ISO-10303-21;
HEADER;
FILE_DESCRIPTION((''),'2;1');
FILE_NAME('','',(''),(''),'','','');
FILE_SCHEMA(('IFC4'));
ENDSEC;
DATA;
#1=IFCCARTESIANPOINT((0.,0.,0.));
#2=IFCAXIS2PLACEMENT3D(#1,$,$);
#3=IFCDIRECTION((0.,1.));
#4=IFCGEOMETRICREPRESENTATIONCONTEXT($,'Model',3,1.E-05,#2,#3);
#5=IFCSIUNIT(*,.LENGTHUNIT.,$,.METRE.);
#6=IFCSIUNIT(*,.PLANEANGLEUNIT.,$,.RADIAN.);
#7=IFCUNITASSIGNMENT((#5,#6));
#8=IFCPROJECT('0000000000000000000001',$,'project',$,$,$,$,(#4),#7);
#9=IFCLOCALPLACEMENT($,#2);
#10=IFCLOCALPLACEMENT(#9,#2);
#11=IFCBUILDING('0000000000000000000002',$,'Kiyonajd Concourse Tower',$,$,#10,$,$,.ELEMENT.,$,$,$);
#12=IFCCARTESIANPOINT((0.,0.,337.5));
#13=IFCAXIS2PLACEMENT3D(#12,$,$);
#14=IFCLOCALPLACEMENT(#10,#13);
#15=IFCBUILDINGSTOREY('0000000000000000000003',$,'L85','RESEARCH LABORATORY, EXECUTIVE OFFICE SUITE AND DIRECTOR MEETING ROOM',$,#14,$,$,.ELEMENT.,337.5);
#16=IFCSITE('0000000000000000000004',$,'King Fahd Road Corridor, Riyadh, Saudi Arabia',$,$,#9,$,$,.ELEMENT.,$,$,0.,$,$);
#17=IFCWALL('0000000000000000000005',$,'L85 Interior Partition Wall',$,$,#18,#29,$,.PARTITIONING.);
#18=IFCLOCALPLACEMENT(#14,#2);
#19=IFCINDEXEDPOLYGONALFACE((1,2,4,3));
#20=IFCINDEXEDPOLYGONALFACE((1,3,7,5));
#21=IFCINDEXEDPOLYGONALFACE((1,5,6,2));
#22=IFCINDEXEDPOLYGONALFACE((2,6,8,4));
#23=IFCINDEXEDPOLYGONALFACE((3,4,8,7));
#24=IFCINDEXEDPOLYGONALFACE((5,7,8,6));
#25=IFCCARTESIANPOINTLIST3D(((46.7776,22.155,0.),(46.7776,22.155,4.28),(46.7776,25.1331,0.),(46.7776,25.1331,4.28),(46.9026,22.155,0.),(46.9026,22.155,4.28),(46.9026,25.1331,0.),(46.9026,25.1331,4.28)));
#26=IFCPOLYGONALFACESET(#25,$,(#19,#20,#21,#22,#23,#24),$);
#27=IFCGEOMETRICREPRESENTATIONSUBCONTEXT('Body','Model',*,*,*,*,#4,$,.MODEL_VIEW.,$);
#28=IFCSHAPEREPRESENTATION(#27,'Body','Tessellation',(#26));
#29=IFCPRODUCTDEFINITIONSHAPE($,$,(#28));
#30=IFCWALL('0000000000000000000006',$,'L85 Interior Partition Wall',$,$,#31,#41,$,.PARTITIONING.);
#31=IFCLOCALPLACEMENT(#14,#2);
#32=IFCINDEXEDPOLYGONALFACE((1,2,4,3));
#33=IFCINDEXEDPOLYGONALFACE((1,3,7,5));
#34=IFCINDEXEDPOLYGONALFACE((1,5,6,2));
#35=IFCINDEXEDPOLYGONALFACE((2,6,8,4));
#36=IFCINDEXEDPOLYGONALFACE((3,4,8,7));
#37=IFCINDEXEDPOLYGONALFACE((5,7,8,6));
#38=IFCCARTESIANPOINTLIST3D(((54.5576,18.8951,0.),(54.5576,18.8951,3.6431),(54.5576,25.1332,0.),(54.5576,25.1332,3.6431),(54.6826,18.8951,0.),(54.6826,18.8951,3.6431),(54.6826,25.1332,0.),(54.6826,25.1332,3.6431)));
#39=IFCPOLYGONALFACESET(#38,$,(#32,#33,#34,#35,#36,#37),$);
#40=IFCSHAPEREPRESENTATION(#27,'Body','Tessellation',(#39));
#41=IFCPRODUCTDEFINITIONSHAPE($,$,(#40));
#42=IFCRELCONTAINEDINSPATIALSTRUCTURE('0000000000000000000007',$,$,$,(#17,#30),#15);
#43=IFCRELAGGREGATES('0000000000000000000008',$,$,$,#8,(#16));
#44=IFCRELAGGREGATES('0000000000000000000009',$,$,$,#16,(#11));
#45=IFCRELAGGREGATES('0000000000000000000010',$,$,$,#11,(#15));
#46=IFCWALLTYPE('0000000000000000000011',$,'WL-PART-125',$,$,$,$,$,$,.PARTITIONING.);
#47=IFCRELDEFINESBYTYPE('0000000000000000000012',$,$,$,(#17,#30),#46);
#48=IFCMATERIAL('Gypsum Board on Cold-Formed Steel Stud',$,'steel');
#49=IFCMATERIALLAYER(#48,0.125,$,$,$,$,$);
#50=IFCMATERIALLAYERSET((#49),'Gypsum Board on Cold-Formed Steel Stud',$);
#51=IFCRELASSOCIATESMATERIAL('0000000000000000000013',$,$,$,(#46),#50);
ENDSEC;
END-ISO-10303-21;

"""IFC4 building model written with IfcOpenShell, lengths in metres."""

from ifc_helpers import new_model, si_unit, direction, frame, frame_2d, origin, place, context, subcontext, project, spatial, rectangle, extrude, material, layer, layer_set, type_object, element, save


model = new_model("IFC4")

# Units and contexts
model_context = context("Model", 3, precision=1e-05, world=origin(), true_north=direction((0.0, 1.0)))
body_context = subcontext(model_context, "Body", "Model", "MODEL_VIEW")
ifc_project = project(units=[si_unit("LENGTHUNIT", "METRE"), si_unit("PLANEANGLEUNIT", "RADIAN")], contexts=[model_context])

# Site, building, storey
site_placement = place(None, origin())
site = spatial("IfcSite", under=ifc_project, at=site_placement, Name="King Fahd Road Corridor, Riyadh, Saudi Arabia", CompositionType="ELEMENT", RefElevation=0.0)
building_placement = place(site_placement, origin())
building = spatial("IfcBuilding", under=site, at=building_placement, Name="Kiyonajd Concourse Tower", CompositionType="ELEMENT")
storey_placement = place(building_placement, frame((0.0, 0.0, 337.5)))
storey = spatial("IfcBuildingStorey", under=building, at=storey_placement, Name="L85", Description="RESEARCH LABORATORY, EXECUTIVE OFFICE SUITE AND DIRECTOR MEETING ROOM", CompositionType="ELEMENT", Elevation=337.5)

# Walls
ifc_material_1 = material(Name="Gypsum Board on Cold-Formed Steel Stud", Category="steel")
ifc_layer_1 = layer(ifc_material_1, 0.125)
ifc_layer_set_1 = layer_set([ifc_layer_1], Name="Gypsum Board on Cold-Formed Steel Stud")
wall_type_1 = type_object("IfcWallType", Name="WL-PART-125", PredefinedType="PARTITIONING", material=ifc_layer_set_1)
wall_1_placement = place(storey_placement, frame((46.8401, 22.155, 0.0), z_axis=(0.0, 0.0, 1.0), x_axis=(0.0, 1.0, 0.0)))
element("IfcWall", 1, at=wall_1_placement, inside=storey, type_object=wall_type_1, Name="L85 Interior Partition Wall", PredefinedType="PARTITIONING", context=body_context, shape_type="SweptSolid", body=[
    extrude(rectangle(XDim=2.978, YDim=0.125, at=frame_2d((1.489, 0.0))), origin(), (0.0, 0.0, 1.0), 4.28),
])
wall_2_placement = place(storey_placement, frame((54.6201, 18.895, 0.0), z_axis=(0.0, 0.0, 1.0), x_axis=(0.0, 1.0, 0.0)))
element("IfcWall", 2, at=wall_2_placement, inside=storey, type_object=wall_type_1, Name="L85 Interior Partition Wall", PredefinedType="PARTITIONING", context=body_context, shape_type="SweptSolid", body=[
    extrude(rectangle(XDim=6.238, YDim=0.125, at=frame_2d((3.1191, 0.0))), origin(), (0.0, 0.0, 1.0), 3.6431),
])

save(model, "model.ifc")
